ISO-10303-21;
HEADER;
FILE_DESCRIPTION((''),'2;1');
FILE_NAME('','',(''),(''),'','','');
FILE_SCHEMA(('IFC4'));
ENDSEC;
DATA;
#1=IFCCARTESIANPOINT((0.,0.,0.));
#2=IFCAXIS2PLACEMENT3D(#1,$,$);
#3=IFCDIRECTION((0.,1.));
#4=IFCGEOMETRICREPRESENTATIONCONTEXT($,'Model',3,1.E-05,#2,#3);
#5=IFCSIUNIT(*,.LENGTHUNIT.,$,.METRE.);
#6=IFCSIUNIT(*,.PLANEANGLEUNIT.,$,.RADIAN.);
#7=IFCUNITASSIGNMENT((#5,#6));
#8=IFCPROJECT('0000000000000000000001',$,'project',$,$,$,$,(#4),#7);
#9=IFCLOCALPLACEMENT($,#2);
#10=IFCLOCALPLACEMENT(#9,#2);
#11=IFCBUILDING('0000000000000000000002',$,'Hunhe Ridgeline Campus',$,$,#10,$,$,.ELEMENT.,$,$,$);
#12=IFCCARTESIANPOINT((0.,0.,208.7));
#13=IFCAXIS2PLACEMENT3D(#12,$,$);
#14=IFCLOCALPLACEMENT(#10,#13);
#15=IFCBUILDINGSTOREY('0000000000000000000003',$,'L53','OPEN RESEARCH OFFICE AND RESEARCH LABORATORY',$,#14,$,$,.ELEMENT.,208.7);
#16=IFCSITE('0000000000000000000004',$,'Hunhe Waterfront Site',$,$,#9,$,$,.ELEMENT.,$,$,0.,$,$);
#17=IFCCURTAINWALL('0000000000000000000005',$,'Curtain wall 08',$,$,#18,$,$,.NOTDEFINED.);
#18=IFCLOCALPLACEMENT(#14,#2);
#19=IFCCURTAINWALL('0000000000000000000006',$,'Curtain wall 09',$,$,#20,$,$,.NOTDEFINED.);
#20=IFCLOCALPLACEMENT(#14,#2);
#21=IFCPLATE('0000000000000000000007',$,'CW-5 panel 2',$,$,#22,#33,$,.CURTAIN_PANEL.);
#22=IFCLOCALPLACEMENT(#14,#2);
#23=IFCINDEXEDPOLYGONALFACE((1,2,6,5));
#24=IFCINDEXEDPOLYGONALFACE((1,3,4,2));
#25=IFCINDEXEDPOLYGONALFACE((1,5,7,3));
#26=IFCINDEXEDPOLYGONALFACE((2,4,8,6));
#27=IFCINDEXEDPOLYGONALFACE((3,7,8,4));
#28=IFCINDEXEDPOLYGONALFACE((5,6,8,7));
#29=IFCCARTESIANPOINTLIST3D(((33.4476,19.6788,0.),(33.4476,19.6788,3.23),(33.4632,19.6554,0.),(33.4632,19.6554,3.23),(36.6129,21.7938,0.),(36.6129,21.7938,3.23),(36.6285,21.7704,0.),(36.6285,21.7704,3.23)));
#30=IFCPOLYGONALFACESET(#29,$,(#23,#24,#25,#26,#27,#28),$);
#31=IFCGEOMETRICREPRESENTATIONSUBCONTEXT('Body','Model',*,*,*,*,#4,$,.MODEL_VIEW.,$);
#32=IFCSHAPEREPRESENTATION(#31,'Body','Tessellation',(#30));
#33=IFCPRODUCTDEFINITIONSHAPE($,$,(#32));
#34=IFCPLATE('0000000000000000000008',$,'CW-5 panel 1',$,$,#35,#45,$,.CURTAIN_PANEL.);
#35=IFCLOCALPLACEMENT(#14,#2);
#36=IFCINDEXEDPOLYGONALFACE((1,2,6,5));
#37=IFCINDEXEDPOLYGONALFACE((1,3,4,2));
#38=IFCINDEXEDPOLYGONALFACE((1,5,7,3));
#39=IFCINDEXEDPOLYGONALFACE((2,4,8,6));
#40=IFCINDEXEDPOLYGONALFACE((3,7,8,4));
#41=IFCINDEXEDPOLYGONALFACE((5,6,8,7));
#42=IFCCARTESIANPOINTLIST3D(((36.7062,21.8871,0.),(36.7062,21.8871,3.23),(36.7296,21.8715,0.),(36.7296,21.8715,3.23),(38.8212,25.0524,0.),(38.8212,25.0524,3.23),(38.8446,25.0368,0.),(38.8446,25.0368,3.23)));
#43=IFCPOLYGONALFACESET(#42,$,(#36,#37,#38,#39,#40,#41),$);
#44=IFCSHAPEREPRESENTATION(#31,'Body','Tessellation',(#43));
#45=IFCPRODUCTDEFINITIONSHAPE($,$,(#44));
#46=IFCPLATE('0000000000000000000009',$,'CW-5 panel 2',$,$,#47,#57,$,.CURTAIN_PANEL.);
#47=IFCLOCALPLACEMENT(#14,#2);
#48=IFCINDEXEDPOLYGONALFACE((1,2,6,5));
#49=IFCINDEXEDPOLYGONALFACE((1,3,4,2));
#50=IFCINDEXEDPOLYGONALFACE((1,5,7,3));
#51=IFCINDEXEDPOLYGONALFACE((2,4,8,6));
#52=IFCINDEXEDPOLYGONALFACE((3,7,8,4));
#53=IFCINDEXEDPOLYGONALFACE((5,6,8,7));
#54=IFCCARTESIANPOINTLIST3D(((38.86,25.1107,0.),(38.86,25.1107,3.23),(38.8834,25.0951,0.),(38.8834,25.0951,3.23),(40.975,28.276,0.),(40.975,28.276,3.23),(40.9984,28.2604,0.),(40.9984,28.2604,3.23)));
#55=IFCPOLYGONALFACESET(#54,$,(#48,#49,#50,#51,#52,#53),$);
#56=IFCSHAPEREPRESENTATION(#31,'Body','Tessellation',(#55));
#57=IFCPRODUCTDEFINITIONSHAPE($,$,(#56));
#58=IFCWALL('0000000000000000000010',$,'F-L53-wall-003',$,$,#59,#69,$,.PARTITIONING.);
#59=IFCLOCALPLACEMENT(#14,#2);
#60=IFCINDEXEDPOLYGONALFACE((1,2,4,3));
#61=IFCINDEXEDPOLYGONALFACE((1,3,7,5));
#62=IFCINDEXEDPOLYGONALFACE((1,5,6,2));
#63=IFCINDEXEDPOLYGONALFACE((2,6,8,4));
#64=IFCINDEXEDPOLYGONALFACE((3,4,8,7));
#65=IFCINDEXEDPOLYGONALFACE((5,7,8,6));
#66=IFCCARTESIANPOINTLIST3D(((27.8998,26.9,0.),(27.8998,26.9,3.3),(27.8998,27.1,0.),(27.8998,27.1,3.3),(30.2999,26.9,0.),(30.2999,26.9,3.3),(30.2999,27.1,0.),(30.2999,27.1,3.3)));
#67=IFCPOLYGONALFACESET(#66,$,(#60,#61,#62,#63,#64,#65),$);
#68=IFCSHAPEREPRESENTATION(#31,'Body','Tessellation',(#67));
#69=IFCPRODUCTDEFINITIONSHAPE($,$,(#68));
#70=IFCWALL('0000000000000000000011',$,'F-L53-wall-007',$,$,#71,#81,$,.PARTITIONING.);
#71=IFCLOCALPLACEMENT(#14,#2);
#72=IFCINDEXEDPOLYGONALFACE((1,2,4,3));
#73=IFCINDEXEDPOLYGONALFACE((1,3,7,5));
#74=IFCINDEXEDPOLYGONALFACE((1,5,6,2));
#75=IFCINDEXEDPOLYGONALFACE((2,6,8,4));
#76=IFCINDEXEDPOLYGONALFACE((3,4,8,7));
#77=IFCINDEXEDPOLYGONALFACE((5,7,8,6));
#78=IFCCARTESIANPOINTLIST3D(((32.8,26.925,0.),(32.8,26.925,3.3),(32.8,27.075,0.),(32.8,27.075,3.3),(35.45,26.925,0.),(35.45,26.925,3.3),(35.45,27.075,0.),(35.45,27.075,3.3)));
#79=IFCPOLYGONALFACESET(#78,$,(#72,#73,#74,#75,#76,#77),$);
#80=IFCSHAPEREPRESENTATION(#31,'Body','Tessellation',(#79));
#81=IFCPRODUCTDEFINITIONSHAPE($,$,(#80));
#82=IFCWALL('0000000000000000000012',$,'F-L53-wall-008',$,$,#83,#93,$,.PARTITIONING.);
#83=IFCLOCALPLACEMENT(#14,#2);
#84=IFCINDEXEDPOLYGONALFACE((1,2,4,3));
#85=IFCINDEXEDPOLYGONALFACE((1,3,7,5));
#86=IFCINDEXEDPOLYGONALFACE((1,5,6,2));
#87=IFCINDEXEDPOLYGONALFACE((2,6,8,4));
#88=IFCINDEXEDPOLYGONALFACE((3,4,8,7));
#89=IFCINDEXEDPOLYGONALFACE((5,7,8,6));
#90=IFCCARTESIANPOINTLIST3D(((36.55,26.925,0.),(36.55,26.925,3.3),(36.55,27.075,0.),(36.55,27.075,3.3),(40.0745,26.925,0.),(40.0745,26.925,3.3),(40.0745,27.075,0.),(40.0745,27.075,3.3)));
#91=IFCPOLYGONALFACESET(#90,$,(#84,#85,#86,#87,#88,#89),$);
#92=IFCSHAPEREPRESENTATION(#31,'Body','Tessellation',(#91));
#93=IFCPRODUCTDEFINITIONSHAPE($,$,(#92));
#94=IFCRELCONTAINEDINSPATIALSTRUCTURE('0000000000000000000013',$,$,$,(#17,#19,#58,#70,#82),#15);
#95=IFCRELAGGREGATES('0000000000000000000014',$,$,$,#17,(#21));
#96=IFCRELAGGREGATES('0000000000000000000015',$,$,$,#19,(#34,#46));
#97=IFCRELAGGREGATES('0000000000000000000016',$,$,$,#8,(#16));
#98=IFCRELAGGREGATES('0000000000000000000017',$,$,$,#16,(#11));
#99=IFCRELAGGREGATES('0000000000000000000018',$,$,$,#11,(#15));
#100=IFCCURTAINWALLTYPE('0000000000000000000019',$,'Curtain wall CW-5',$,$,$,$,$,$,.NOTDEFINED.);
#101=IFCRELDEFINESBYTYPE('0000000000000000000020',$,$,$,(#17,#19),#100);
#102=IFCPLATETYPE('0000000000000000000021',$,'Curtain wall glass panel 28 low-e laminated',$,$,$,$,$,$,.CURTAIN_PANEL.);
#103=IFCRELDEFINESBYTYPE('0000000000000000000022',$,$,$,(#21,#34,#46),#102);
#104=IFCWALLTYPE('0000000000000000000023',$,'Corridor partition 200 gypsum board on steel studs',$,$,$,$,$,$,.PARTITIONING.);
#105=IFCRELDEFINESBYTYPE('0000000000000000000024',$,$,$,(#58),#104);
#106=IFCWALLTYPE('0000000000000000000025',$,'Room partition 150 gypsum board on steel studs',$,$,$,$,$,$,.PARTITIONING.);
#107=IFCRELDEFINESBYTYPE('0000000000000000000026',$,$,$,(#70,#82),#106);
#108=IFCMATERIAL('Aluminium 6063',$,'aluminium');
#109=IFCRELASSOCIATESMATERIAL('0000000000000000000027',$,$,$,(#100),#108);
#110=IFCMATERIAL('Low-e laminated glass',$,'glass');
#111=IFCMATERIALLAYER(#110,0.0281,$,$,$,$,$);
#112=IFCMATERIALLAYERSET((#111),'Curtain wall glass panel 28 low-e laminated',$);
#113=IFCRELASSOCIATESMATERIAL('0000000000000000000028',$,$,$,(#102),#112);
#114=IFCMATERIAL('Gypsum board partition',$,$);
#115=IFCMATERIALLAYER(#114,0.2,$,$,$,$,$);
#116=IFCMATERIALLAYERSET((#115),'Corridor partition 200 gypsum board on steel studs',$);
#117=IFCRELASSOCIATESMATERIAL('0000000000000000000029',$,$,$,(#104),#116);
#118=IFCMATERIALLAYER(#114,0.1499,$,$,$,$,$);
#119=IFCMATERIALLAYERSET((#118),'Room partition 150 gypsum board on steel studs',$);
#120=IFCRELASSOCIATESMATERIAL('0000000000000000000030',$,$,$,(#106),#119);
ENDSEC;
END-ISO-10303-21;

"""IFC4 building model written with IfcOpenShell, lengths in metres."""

from ifc_helpers import new_model, si_unit, direction, frame, frame_2d, origin, origin_2d, place, context, subcontext, project, spatial, rectangle, extrude, material, layer, layer_set, type_object, element, aggregate, save


model = new_model("IFC4")

# Units and contexts
model_context = context("Model", 3, precision=1e-05, world=origin(), true_north=direction((0.0, 1.0)))
body_context = subcontext(model_context, "Body", "Model", "MODEL_VIEW")
ifc_project = project(units=[si_unit("LENGTHUNIT", "METRE"), si_unit("PLANEANGLEUNIT", "RADIAN")], contexts=[model_context])

# Site, building, storey
site_placement = place(None, origin())
site = spatial("IfcSite", under=ifc_project, at=site_placement, Name="Hunhe Waterfront Site", CompositionType="ELEMENT", RefElevation=0.0)
building_placement = place(site_placement, origin())
building = spatial("IfcBuilding", under=site, at=building_placement, Name="Hunhe Ridgeline Campus", CompositionType="ELEMENT")
storey_placement = place(building_placement, frame((0.0, 0.0, 208.7)))
storey = spatial("IfcBuildingStorey", under=building, at=storey_placement, Name="L53", Description="OPEN RESEARCH OFFICE AND RESEARCH LABORATORY", CompositionType="ELEMENT", Elevation=208.7)

# Curtain walls
ifc_material_1 = material(Name="Aluminium 6063", Category="aluminium")
curtain_wall_type = type_object("IfcCurtainWallType", Name="Curtain wall CW-5", PredefinedType="NOTDEFINED", material=ifc_material_1)
curtain_wall_1_placement = place(storey_placement, origin())
curtain_wall_1 = element("IfcCurtainWall", 1, at=curtain_wall_1_placement, inside=storey, type_object=curtain_wall_type, Name="Curtain wall 08", PredefinedType="NOTDEFINED")
curtain_wall_2_placement = place(storey_placement, origin())
curtain_wall_2 = element("IfcCurtainWall", 2, at=curtain_wall_2_placement, inside=storey, type_object=curtain_wall_type, Name="Curtain wall 09", PredefinedType="NOTDEFINED")

# Plates
ifc_material_2 = material(Name="Low-e laminated glass", Category="glass")
ifc_layer_1 = layer(ifc_material_2, 0.0281)
ifc_layer_set_1 = layer_set([ifc_layer_1], Name="Curtain wall glass panel 28 low-e laminated")
plate_type = type_object("IfcPlateType", Name="Curtain wall glass panel 28 low-e laminated", PredefinedType="CURTAIN_PANEL", material=ifc_layer_set_1)
plate_1_placement = place(storey_placement, frame((35.0381, 20.7246, 0.0), z_axis=(0.0, 0.0, 1.0), x_axis=(0.83147, 0.55557, 0.0)))
plate_1 = element("IfcPlate", 3, at=plate_1_placement, type_object=plate_type, Name="CW-5 panel 2", PredefinedType="CURTAIN_PANEL", context=body_context, shape_type="SweptSolid", body=[
    extrude(rectangle(XDim=3.8069, YDim=0.0281, at=origin_2d()), origin(), (0.0, 0.0, 1.0), 3.23),
])
aggregate(curtain_wall_1, [plate_1])
plate_2_placement = place(storey_placement, frame((37.7754, 23.4619, 0.0), z_axis=(0.0, 0.0, 1.0), x_axis=(0.55557, 0.83147, 0.0)))
plate_2 = element("IfcPlate", 4, at=plate_2_placement, type_object=plate_type, Name="CW-5 panel 1", PredefinedType="CURTAIN_PANEL", context=body_context, shape_type="SweptSolid", body=[
    extrude(rectangle(XDim=3.8069, YDim=0.0281, at=origin_2d()), origin(), (0.0, 0.0, 1.0), 3.23),
])
plate_3_placement = place(storey_placement, frame((39.9292, 26.6855, 0.0), z_axis=(0.0, 0.0, 1.0), x_axis=(0.55557, 0.83147, 0.0)))
plate_3 = element("IfcPlate", 5, at=plate_3_placement, type_object=plate_type, Name="CW-5 panel 2", PredefinedType="CURTAIN_PANEL", context=body_context, shape_type="SweptSolid", body=[
    extrude(rectangle(XDim=3.8069, YDim=0.0281, at=origin_2d()), origin(), (0.0, 0.0, 1.0), 3.23),
])
aggregate(curtain_wall_2, [plate_2, plate_3])

# Wall
ifc_material_3 = material(Name="Gypsum board partition")
ifc_layer_2 = layer(ifc_material_3, 0.2)
ifc_layer_set_2 = layer_set([ifc_layer_2], Name="Corridor partition 200 gypsum board on steel studs")
wall_type_1 = type_object("IfcWallType", Name="Corridor partition 200 gypsum board on steel studs", PredefinedType="PARTITIONING", material=ifc_layer_set_2)
wall_1_placement = place(storey_placement, frame((30.3, 27.0, 0.0), z_axis=(0.0, 0.0, 1.0), x_axis=(-1.0, 0.0, 0.0)))
element("IfcWall", 6, at=wall_1_placement, inside=storey, type_object=wall_type_1, Name="F-L53-wall-003", PredefinedType="PARTITIONING", context=body_context, shape_type="SweptSolid", body=[
    extrude(rectangle(XDim=2.4001, YDim=0.2, at=frame_2d((1.2002, 0.0))), origin(), (0.0, 0.0, 1.0), 3.3),
])

# Walls
ifc_layer_3 = layer(ifc_material_3, 0.1499)
ifc_layer_set_3 = layer_set([ifc_layer_3], Name="Room partition 150 gypsum board on steel studs")
wall_type_2 = type_object("IfcWallType", Name="Room partition 150 gypsum board on steel studs", PredefinedType="PARTITIONING", material=ifc_layer_set_3)
wall_2_placement = place(storey_placement, frame((32.8, 27.0, 0.0), z_axis=(0.0, 0.0, 1.0), x_axis=(1.0, 0.0, 0.0)))
element("IfcWall", 7, at=wall_2_placement, inside=storey, type_object=wall_type_2, Name="F-L53-wall-007", PredefinedType="PARTITIONING", context=body_context, shape_type="SweptSolid", body=[
    extrude(rectangle(XDim=2.6499, YDim=0.1499, at=frame_2d((1.325, 0.0))), origin(), (0.0, 0.0, 1.0), 3.3),
])
wall_3_placement = place(storey_placement, frame((36.55, 27.0, 0.0), z_axis=(0.0, 0.0, 1.0), x_axis=(1.0, 0.0, 0.0)))
element("IfcWall", 8, at=wall_3_placement, inside=storey, type_object=wall_type_2, Name="F-L53-wall-008", PredefinedType="PARTITIONING", context=body_context, shape_type="SweptSolid", body=[
    extrude(rectangle(XDim=3.5244, YDim=0.1499, at=frame_2d((1.7622, 0.0))), origin(), (0.0, 0.0, 1.0), 3.3),
])

save(model, "model.ifc")
